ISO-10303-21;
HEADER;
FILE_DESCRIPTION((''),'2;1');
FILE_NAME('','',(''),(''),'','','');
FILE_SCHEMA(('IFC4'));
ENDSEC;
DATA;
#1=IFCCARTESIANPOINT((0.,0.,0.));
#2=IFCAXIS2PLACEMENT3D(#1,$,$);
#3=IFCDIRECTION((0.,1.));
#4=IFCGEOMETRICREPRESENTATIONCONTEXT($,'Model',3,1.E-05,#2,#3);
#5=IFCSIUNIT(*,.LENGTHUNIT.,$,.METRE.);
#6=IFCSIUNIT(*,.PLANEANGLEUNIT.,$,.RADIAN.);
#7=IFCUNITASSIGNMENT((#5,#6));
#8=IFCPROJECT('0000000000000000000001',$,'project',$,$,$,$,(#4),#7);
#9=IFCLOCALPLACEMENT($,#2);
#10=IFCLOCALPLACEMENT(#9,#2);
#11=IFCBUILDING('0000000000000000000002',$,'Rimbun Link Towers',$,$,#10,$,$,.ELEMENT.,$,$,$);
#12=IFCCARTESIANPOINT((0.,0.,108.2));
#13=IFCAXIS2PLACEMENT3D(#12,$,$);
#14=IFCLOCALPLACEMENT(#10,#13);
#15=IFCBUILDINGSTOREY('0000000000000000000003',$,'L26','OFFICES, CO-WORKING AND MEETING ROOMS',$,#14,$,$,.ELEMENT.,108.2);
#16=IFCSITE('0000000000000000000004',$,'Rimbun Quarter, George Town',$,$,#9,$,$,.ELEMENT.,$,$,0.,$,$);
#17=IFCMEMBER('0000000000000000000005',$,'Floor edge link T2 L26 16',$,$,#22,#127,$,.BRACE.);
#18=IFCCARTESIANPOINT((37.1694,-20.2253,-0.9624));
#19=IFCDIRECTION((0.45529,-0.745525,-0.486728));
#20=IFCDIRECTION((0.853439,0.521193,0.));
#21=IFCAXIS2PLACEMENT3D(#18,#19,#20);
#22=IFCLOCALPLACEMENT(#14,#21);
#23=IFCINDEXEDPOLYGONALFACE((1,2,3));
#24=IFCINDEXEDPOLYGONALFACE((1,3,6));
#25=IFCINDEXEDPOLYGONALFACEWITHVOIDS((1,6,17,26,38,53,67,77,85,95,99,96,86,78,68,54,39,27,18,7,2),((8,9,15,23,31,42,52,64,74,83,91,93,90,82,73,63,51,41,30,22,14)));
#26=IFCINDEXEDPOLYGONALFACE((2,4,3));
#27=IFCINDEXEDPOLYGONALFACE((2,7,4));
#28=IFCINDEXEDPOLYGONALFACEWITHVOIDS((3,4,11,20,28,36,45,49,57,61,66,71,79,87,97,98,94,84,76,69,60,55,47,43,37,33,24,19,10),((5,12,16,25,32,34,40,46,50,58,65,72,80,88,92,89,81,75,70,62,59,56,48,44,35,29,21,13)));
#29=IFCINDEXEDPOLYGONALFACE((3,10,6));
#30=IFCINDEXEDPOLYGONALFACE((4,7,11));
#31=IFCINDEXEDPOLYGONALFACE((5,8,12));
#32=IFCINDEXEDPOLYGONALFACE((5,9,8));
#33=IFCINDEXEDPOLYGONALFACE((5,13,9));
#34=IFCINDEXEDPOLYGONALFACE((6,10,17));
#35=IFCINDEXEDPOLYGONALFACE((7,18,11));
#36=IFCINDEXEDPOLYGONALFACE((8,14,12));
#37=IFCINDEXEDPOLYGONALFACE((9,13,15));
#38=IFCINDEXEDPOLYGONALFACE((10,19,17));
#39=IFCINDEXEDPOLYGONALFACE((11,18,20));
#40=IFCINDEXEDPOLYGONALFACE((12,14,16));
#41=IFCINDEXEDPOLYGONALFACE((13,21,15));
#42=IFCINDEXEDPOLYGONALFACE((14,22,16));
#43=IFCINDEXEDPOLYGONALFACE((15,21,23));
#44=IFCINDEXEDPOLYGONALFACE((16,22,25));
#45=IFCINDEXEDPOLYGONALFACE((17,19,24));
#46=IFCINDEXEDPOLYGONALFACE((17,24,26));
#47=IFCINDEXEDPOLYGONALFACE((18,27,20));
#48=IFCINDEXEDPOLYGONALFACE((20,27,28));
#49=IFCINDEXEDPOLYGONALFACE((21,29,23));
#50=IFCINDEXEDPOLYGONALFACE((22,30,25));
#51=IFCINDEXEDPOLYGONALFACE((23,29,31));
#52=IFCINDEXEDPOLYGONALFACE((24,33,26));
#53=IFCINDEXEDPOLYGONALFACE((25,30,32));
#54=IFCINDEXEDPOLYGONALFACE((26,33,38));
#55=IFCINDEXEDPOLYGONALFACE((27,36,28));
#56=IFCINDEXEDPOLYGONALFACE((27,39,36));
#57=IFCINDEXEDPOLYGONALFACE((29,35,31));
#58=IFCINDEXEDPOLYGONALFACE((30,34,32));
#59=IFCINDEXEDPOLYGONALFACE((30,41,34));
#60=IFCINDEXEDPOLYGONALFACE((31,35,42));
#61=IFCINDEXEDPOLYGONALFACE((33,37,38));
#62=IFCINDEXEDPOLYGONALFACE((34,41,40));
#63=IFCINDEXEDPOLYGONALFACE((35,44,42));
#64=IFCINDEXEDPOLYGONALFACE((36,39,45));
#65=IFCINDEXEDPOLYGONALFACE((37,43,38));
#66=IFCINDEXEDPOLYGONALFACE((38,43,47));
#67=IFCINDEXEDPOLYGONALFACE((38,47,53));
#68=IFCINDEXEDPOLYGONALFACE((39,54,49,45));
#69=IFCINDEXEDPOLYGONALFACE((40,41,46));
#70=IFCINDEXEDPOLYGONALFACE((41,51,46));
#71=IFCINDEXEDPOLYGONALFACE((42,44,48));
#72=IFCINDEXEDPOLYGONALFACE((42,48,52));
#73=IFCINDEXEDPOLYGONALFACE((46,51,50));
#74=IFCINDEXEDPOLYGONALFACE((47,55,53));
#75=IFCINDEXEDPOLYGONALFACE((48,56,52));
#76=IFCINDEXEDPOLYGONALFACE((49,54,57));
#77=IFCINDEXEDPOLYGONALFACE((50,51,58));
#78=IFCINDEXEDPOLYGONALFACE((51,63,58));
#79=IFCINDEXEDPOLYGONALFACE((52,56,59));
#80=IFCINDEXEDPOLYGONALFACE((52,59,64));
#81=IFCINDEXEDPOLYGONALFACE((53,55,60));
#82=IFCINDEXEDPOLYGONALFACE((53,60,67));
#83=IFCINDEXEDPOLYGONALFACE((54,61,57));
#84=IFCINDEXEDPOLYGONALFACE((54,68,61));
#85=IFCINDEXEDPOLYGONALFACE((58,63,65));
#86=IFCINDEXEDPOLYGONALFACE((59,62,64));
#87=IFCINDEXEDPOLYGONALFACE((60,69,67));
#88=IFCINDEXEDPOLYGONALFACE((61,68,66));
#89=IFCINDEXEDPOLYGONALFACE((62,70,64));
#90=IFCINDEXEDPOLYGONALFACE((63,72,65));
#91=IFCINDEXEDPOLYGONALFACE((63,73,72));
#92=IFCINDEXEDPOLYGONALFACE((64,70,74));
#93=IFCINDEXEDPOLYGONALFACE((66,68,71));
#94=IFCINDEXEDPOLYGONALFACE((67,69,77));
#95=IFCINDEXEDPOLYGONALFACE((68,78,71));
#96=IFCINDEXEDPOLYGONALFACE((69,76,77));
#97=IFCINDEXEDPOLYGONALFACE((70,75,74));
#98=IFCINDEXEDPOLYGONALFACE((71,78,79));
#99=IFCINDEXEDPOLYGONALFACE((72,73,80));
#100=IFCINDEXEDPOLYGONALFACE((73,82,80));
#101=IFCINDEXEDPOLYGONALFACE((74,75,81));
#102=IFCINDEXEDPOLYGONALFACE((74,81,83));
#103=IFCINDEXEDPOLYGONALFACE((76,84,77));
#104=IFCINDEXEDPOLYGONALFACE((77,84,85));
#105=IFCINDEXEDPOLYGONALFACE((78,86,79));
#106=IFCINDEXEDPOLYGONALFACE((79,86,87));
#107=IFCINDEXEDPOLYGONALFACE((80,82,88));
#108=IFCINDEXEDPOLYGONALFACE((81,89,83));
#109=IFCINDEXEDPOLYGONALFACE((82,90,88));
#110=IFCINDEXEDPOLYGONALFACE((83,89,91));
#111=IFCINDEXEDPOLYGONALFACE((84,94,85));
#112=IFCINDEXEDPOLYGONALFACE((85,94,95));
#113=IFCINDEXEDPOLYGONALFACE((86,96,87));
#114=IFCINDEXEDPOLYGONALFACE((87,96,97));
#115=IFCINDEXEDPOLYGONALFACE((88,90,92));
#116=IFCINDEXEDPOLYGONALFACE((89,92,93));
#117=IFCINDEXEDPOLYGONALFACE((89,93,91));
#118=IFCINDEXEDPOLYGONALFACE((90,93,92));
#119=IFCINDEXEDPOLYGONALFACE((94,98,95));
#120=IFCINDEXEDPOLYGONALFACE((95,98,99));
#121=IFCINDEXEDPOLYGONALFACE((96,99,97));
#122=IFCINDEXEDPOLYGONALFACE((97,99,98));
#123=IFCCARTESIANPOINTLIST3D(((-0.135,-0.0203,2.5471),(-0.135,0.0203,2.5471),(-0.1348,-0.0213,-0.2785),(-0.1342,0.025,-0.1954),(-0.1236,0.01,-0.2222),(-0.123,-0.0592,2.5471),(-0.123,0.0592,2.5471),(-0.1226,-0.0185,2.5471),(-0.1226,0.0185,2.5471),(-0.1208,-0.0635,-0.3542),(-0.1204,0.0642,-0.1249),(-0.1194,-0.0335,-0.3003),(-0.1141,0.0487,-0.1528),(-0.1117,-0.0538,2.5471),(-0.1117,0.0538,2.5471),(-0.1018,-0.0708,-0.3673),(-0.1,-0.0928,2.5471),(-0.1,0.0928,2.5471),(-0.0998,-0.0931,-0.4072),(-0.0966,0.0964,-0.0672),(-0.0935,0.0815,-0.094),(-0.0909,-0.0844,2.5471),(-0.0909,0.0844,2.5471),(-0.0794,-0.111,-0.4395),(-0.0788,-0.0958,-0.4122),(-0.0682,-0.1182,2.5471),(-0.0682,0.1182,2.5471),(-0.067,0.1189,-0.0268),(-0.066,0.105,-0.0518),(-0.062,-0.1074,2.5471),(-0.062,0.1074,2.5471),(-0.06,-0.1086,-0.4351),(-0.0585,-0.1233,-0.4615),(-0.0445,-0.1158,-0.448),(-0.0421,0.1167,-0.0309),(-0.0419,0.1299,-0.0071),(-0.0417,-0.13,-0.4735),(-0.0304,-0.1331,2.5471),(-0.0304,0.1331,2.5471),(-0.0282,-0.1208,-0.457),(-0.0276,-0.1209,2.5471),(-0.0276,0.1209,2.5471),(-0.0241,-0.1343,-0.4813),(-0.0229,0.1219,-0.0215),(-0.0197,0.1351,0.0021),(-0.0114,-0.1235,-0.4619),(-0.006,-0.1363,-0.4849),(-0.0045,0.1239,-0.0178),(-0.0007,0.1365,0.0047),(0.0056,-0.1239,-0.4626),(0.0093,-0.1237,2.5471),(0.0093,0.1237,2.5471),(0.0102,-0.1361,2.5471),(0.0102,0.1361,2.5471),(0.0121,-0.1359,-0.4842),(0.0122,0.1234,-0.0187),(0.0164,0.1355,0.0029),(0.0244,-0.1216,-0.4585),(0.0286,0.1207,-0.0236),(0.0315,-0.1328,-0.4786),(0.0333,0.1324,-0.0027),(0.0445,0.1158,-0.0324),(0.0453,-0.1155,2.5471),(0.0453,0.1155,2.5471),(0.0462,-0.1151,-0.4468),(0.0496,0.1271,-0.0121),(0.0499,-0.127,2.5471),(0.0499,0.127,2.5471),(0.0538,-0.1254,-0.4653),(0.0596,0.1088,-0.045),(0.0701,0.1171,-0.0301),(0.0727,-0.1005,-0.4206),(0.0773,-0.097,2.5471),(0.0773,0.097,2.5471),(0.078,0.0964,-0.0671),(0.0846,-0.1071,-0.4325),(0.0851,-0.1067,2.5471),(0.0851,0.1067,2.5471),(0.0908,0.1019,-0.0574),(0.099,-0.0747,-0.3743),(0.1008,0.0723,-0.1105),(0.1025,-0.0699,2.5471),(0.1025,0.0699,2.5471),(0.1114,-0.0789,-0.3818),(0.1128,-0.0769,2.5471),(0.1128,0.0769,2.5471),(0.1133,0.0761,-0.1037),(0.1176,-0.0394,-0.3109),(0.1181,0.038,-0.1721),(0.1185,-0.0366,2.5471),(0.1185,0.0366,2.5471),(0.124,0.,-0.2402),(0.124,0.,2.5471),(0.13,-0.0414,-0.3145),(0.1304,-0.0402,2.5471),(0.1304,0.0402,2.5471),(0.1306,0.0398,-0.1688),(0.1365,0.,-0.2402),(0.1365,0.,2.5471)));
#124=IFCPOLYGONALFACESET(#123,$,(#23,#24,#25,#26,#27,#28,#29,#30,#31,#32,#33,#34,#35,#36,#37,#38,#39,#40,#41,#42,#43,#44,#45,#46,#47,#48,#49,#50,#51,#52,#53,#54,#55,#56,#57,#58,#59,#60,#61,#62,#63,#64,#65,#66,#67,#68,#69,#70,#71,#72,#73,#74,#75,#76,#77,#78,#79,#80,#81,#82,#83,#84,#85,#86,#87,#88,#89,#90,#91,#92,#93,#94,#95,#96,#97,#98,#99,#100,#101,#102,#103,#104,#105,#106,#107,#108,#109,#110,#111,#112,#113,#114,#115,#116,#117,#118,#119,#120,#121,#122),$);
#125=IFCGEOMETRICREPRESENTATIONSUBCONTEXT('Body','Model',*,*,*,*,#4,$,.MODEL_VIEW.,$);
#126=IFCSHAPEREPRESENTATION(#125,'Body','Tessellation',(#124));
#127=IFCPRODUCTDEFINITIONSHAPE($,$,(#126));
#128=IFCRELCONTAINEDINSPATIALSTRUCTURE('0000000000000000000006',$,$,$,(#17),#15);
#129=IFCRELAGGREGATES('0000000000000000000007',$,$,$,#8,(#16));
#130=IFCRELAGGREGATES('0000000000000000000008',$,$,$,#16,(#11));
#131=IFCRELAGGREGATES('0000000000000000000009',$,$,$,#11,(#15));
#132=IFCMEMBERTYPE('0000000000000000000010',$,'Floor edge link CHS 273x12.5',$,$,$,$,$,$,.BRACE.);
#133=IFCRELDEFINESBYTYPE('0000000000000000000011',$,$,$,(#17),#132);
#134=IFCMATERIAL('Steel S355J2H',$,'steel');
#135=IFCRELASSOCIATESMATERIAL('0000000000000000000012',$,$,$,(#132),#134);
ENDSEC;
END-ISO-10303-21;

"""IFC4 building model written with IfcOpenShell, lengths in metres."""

from ifc_helpers import new_model, si_unit, direction, frame, origin, origin_2d, place, context, subcontext, project, spatial, hollow_circle, extrude, clip, halfspace, material, material_profile, profile_set, type_object, element, save


model = new_model("IFC4")

# Units and contexts
model_context = context("Model", 3, precision=1e-05, world=origin(), true_north=direction((0.0, 1.0)))
body_context = subcontext(model_context, "Body", "Model", "MODEL_VIEW")
ifc_project = project(units=[si_unit("LENGTHUNIT", "METRE"), si_unit("PLANEANGLEUNIT", "RADIAN")], contexts=[model_context])

# Site, building, storey
site_placement = place(None, origin())
site = spatial("IfcSite", under=ifc_project, at=site_placement, Name="Rimbun Quarter, George Town", CompositionType="ELEMENT", RefElevation=0.0)
building_placement = place(site_placement, origin())
building = spatial("IfcBuilding", under=site, at=building_placement, Name="Rimbun Link Towers", CompositionType="ELEMENT")
storey_placement = place(building_placement, frame((0.0, 0.0, 108.2)))
storey = spatial("IfcBuildingStorey", under=building, at=storey_placement, Name="L26", Description="OFFICES, CO-WORKING AND MEETING ROOMS", CompositionType="ELEMENT", Elevation=108.2)

# Member
ifc_material_1 = material(Name="Steel S355J2H", Category="steel")
ifc_material_profile_1 = material_profile(ifc_material_1, hollow_circle(Radius=0.1365, WallThickness=0.0125, at=origin_2d()), Name="CHS 273x12.5")
ifc_profile_set_1 = profile_set([ifc_material_profile_1], Name="Steel S355J2H")
member_type_1 = type_object("IfcMemberType", Name="Floor edge link CHS 273x12.5", PredefinedType="BRACE", material=ifc_profile_set_1)
member_1_placement = place(storey_placement, frame((37.1694, -20.2253, -0.9624), z_axis=(0.45529, -0.745525, -0.486728), x_axis=(0.853439, 0.521193, 0.0)))
element("IfcMember", 1, at=member_1_placement, inside=storey, type_object=member_type_1, Name="Floor edge link T2 L26 16", PredefinedType="BRACE", context=body_context, shape_type="Clipping", body=[
    clip(extrude(hollow_circle(Radius=0.1365, WallThickness=0.0125, at=origin_2d()), frame((0.0, 0.0, -0.5105)), (0.0, 0.0, 1.0), 3.0576), halfspace(frame((0.0, 0.0, -0.2402), z_axis=(0.0, 0.873553, -0.486728)), False)),
])

save(model, "model.ifc")
